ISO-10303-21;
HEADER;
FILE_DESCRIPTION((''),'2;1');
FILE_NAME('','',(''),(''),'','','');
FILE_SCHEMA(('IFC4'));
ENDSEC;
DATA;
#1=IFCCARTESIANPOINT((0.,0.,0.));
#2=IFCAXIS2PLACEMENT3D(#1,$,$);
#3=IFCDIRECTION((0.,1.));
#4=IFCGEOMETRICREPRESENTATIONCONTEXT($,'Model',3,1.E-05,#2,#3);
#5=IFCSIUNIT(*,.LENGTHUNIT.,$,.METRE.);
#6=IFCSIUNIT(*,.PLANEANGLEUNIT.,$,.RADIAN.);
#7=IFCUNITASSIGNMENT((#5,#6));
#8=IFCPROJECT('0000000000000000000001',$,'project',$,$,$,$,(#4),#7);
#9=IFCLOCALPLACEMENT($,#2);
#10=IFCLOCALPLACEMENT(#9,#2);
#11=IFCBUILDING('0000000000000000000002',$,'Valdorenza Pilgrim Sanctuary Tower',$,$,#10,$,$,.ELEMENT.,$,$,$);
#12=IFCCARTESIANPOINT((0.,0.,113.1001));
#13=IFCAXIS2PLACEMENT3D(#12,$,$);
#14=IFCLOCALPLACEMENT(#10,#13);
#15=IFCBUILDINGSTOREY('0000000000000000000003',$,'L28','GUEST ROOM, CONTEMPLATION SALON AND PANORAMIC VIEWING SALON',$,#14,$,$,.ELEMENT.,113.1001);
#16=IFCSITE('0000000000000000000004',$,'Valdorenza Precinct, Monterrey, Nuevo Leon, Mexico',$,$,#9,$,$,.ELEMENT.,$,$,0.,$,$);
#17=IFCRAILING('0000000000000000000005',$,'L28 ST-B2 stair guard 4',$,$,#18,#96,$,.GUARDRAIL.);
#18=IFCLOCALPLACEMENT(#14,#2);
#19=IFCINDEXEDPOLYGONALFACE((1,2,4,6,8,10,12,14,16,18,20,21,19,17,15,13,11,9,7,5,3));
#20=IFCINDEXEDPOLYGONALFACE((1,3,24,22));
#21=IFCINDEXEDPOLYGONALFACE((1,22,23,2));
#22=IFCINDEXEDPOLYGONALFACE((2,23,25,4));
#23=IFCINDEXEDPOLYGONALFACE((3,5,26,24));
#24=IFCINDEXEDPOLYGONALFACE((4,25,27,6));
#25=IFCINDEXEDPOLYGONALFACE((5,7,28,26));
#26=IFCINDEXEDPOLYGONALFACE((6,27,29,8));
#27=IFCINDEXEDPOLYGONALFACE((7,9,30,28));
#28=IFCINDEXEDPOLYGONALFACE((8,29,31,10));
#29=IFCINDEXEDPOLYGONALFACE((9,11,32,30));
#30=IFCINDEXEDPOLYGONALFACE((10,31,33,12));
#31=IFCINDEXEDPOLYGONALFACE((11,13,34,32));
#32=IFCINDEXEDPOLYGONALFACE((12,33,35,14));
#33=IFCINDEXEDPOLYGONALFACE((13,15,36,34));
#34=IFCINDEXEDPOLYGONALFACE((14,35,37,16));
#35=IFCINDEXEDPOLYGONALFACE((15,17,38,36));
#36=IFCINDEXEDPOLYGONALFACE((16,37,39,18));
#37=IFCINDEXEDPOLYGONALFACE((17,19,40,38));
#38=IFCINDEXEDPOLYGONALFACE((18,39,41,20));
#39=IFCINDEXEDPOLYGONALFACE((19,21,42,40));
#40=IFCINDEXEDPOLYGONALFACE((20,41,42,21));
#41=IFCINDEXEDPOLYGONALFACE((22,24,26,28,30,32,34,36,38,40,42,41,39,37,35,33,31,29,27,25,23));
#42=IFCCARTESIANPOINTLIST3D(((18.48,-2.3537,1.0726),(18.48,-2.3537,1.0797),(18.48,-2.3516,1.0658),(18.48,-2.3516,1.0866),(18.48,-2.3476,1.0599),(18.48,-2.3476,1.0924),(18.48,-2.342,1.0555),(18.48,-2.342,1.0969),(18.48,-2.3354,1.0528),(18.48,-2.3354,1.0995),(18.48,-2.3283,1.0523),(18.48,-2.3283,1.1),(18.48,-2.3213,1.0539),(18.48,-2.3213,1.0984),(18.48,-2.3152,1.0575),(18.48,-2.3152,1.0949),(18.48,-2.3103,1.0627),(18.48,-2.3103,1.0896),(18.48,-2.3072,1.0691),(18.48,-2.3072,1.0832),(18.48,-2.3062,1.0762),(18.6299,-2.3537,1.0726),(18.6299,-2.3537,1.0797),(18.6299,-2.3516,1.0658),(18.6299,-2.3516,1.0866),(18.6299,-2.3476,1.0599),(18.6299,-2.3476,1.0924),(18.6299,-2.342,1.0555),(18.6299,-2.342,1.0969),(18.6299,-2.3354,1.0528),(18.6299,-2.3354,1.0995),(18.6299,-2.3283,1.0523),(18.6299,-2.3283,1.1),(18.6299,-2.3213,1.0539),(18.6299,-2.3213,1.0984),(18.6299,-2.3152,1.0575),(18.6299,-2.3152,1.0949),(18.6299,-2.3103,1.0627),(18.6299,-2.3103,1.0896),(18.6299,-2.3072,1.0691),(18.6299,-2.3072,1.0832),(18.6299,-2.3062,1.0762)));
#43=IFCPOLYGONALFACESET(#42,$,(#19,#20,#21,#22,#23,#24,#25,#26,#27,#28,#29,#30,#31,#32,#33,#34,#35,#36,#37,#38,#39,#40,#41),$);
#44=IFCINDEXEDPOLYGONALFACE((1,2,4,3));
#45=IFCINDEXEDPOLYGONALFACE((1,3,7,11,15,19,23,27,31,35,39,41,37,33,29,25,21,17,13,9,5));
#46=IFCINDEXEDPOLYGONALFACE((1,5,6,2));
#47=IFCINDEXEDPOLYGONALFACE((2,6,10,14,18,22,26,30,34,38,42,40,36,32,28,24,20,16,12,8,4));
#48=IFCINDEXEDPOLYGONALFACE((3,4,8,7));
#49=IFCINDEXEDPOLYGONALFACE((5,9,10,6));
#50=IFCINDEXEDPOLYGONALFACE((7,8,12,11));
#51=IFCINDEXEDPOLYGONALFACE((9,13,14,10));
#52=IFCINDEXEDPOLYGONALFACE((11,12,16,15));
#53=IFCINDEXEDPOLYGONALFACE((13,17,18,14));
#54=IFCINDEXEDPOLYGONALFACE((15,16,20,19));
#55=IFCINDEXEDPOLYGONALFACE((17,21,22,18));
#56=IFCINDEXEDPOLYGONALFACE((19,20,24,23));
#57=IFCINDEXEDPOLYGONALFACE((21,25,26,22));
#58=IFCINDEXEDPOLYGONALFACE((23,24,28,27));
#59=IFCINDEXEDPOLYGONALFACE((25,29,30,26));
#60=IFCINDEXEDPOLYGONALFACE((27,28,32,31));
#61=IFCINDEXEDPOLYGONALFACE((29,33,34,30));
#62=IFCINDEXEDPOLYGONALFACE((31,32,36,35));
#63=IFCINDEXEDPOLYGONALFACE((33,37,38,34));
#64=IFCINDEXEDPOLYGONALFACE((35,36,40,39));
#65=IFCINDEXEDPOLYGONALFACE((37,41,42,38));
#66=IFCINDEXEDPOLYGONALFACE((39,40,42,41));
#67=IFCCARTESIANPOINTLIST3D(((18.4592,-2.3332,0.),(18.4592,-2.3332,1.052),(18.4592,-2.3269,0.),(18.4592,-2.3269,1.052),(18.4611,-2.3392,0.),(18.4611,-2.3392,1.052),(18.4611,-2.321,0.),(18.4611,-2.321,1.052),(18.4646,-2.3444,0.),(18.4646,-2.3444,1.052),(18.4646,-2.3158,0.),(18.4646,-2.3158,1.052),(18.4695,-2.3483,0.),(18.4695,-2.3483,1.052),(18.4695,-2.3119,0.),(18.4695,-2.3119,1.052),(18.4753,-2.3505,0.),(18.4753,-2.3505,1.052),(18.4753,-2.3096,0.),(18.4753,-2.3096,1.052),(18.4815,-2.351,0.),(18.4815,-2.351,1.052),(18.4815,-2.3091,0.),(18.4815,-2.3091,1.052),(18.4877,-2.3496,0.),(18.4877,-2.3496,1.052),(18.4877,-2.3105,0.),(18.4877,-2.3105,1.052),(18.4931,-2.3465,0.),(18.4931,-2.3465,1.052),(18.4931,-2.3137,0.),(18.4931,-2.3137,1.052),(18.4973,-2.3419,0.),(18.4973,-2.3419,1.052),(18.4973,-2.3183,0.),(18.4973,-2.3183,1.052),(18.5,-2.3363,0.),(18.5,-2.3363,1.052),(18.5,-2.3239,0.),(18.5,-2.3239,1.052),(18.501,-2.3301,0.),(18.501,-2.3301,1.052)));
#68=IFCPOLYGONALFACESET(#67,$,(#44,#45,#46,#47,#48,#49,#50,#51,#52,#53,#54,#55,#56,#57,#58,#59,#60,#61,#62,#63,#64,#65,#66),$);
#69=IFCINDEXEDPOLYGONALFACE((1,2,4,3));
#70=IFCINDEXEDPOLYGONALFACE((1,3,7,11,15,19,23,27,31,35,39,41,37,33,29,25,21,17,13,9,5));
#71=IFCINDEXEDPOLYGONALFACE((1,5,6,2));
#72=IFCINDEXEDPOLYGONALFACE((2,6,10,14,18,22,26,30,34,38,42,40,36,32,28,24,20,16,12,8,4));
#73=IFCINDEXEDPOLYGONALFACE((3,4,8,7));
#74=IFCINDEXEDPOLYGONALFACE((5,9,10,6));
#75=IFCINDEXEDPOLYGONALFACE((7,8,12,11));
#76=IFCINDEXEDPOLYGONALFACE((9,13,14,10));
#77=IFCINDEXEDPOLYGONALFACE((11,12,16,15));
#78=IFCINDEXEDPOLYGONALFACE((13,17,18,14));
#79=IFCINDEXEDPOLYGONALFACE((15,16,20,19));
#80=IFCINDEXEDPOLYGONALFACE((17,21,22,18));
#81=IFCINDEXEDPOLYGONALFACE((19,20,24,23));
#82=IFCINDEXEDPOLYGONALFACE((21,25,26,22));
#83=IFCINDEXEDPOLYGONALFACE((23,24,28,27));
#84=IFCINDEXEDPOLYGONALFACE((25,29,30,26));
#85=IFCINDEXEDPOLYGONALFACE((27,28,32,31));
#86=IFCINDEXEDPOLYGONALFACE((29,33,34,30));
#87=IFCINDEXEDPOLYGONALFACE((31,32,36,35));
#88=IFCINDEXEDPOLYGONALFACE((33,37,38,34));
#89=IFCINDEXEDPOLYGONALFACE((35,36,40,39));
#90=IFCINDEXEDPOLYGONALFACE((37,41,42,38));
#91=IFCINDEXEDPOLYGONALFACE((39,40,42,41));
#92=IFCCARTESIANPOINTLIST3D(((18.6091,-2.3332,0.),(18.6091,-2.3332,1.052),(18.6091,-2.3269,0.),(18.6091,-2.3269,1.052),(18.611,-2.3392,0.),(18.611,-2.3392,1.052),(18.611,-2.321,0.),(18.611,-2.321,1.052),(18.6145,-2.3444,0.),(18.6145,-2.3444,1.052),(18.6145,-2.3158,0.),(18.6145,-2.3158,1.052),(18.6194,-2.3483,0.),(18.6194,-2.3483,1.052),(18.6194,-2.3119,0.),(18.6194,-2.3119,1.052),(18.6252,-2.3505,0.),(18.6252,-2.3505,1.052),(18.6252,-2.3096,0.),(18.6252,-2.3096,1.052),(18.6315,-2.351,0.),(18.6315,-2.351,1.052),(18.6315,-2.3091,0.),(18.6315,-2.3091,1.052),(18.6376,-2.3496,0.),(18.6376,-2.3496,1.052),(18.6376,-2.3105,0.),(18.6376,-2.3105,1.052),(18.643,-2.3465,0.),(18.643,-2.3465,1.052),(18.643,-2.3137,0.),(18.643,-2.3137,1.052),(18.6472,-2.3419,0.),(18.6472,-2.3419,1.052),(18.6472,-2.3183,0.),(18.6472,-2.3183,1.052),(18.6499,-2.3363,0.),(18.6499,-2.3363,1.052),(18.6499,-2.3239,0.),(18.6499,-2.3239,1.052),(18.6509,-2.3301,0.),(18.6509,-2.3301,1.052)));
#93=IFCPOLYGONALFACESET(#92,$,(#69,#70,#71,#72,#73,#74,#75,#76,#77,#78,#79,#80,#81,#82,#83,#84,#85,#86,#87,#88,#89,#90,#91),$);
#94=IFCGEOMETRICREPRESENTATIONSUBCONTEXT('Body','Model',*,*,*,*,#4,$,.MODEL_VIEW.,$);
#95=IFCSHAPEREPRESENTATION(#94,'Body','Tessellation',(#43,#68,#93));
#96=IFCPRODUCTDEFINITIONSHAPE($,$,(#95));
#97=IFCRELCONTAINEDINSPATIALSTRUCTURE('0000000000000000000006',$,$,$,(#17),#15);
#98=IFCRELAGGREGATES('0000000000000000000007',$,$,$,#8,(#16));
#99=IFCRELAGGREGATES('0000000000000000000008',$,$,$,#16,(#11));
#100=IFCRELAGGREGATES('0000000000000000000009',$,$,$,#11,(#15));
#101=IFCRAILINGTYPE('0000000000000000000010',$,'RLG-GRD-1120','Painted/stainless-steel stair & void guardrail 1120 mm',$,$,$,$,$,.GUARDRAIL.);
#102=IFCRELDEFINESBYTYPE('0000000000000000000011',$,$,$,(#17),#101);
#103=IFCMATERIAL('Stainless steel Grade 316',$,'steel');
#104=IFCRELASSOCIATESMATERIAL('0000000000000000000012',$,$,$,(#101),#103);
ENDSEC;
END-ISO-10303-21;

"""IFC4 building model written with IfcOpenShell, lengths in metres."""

from ifc_helpers import new_model, si_unit, direction, frame, origin, origin_2d, place, context, subcontext, project, spatial, circle, extrude, material, type_object, element, save


model = new_model("IFC4")

# Units and contexts
model_context = context("Model", 3, precision=1e-05, world=origin(), true_north=direction((0.0, 1.0)))
body_context = subcontext(model_context, "Body", "Model", "MODEL_VIEW")
ifc_project = project(units=[si_unit("LENGTHUNIT", "METRE"), si_unit("PLANEANGLEUNIT", "RADIAN")], contexts=[model_context])

# Site, building, storey
site_placement = place(None, origin())
site = spatial("IfcSite", under=ifc_project, at=site_placement, Name="Valdorenza Precinct, Monterrey, Nuevo Leon, Mexico", CompositionType="ELEMENT", RefElevation=0.0)
building_placement = place(site_placement, origin())
building = spatial("IfcBuilding", under=site, at=building_placement, Name="Valdorenza Pilgrim Sanctuary Tower", CompositionType="ELEMENT")
storey_placement = place(building_placement, frame((0.0, 0.0, 113.1001)))
storey = spatial("IfcBuildingStorey", under=building, at=storey_placement, Name="L28", Description="GUEST ROOM, CONTEMPLATION SALON AND PANORAMIC VIEWING SALON", CompositionType="ELEMENT", Elevation=113.1001)

# Railing
ifc_material_1 = material(Name="Stainless steel Grade 316", Category="steel")
railing_type_1 = type_object("IfcRailingType", Name="RLG-GRD-1120", Description="Painted/stainless-steel stair & void guardrail 1120 mm", PredefinedType="GUARDRAIL", material=ifc_material_1)
railing_1_placement = place(storey_placement, frame((18.48, -2.3301, 0.0)))
element("IfcRailing", 1, at=railing_1_placement, inside=storey, type_object=railing_type_1, Name="L28 ST-B2 stair guard 4", PredefinedType="GUARDRAIL", context=body_context, shape_type="SweptSolid", body=[
    extrude(circle(Radius=0.0239, at=origin_2d()), frame((0.0, 0.0, 1.0762), z_axis=(1.0, 0.0, 0.0), x_axis=(0.0, 1.0, 0.0)), (0.0, 0.0, 1.0), 0.1499),
    extrude(circle(Radius=0.021, at=origin_2d()), origin(), (0.0, 0.0, 1.0), 1.052),
    extrude(circle(Radius=0.021, at=origin_2d()), frame((0.1499, 0.0, 0.0)), (0.0, 0.0, 1.0), 1.052),
])

save(model, "model.ifc")
